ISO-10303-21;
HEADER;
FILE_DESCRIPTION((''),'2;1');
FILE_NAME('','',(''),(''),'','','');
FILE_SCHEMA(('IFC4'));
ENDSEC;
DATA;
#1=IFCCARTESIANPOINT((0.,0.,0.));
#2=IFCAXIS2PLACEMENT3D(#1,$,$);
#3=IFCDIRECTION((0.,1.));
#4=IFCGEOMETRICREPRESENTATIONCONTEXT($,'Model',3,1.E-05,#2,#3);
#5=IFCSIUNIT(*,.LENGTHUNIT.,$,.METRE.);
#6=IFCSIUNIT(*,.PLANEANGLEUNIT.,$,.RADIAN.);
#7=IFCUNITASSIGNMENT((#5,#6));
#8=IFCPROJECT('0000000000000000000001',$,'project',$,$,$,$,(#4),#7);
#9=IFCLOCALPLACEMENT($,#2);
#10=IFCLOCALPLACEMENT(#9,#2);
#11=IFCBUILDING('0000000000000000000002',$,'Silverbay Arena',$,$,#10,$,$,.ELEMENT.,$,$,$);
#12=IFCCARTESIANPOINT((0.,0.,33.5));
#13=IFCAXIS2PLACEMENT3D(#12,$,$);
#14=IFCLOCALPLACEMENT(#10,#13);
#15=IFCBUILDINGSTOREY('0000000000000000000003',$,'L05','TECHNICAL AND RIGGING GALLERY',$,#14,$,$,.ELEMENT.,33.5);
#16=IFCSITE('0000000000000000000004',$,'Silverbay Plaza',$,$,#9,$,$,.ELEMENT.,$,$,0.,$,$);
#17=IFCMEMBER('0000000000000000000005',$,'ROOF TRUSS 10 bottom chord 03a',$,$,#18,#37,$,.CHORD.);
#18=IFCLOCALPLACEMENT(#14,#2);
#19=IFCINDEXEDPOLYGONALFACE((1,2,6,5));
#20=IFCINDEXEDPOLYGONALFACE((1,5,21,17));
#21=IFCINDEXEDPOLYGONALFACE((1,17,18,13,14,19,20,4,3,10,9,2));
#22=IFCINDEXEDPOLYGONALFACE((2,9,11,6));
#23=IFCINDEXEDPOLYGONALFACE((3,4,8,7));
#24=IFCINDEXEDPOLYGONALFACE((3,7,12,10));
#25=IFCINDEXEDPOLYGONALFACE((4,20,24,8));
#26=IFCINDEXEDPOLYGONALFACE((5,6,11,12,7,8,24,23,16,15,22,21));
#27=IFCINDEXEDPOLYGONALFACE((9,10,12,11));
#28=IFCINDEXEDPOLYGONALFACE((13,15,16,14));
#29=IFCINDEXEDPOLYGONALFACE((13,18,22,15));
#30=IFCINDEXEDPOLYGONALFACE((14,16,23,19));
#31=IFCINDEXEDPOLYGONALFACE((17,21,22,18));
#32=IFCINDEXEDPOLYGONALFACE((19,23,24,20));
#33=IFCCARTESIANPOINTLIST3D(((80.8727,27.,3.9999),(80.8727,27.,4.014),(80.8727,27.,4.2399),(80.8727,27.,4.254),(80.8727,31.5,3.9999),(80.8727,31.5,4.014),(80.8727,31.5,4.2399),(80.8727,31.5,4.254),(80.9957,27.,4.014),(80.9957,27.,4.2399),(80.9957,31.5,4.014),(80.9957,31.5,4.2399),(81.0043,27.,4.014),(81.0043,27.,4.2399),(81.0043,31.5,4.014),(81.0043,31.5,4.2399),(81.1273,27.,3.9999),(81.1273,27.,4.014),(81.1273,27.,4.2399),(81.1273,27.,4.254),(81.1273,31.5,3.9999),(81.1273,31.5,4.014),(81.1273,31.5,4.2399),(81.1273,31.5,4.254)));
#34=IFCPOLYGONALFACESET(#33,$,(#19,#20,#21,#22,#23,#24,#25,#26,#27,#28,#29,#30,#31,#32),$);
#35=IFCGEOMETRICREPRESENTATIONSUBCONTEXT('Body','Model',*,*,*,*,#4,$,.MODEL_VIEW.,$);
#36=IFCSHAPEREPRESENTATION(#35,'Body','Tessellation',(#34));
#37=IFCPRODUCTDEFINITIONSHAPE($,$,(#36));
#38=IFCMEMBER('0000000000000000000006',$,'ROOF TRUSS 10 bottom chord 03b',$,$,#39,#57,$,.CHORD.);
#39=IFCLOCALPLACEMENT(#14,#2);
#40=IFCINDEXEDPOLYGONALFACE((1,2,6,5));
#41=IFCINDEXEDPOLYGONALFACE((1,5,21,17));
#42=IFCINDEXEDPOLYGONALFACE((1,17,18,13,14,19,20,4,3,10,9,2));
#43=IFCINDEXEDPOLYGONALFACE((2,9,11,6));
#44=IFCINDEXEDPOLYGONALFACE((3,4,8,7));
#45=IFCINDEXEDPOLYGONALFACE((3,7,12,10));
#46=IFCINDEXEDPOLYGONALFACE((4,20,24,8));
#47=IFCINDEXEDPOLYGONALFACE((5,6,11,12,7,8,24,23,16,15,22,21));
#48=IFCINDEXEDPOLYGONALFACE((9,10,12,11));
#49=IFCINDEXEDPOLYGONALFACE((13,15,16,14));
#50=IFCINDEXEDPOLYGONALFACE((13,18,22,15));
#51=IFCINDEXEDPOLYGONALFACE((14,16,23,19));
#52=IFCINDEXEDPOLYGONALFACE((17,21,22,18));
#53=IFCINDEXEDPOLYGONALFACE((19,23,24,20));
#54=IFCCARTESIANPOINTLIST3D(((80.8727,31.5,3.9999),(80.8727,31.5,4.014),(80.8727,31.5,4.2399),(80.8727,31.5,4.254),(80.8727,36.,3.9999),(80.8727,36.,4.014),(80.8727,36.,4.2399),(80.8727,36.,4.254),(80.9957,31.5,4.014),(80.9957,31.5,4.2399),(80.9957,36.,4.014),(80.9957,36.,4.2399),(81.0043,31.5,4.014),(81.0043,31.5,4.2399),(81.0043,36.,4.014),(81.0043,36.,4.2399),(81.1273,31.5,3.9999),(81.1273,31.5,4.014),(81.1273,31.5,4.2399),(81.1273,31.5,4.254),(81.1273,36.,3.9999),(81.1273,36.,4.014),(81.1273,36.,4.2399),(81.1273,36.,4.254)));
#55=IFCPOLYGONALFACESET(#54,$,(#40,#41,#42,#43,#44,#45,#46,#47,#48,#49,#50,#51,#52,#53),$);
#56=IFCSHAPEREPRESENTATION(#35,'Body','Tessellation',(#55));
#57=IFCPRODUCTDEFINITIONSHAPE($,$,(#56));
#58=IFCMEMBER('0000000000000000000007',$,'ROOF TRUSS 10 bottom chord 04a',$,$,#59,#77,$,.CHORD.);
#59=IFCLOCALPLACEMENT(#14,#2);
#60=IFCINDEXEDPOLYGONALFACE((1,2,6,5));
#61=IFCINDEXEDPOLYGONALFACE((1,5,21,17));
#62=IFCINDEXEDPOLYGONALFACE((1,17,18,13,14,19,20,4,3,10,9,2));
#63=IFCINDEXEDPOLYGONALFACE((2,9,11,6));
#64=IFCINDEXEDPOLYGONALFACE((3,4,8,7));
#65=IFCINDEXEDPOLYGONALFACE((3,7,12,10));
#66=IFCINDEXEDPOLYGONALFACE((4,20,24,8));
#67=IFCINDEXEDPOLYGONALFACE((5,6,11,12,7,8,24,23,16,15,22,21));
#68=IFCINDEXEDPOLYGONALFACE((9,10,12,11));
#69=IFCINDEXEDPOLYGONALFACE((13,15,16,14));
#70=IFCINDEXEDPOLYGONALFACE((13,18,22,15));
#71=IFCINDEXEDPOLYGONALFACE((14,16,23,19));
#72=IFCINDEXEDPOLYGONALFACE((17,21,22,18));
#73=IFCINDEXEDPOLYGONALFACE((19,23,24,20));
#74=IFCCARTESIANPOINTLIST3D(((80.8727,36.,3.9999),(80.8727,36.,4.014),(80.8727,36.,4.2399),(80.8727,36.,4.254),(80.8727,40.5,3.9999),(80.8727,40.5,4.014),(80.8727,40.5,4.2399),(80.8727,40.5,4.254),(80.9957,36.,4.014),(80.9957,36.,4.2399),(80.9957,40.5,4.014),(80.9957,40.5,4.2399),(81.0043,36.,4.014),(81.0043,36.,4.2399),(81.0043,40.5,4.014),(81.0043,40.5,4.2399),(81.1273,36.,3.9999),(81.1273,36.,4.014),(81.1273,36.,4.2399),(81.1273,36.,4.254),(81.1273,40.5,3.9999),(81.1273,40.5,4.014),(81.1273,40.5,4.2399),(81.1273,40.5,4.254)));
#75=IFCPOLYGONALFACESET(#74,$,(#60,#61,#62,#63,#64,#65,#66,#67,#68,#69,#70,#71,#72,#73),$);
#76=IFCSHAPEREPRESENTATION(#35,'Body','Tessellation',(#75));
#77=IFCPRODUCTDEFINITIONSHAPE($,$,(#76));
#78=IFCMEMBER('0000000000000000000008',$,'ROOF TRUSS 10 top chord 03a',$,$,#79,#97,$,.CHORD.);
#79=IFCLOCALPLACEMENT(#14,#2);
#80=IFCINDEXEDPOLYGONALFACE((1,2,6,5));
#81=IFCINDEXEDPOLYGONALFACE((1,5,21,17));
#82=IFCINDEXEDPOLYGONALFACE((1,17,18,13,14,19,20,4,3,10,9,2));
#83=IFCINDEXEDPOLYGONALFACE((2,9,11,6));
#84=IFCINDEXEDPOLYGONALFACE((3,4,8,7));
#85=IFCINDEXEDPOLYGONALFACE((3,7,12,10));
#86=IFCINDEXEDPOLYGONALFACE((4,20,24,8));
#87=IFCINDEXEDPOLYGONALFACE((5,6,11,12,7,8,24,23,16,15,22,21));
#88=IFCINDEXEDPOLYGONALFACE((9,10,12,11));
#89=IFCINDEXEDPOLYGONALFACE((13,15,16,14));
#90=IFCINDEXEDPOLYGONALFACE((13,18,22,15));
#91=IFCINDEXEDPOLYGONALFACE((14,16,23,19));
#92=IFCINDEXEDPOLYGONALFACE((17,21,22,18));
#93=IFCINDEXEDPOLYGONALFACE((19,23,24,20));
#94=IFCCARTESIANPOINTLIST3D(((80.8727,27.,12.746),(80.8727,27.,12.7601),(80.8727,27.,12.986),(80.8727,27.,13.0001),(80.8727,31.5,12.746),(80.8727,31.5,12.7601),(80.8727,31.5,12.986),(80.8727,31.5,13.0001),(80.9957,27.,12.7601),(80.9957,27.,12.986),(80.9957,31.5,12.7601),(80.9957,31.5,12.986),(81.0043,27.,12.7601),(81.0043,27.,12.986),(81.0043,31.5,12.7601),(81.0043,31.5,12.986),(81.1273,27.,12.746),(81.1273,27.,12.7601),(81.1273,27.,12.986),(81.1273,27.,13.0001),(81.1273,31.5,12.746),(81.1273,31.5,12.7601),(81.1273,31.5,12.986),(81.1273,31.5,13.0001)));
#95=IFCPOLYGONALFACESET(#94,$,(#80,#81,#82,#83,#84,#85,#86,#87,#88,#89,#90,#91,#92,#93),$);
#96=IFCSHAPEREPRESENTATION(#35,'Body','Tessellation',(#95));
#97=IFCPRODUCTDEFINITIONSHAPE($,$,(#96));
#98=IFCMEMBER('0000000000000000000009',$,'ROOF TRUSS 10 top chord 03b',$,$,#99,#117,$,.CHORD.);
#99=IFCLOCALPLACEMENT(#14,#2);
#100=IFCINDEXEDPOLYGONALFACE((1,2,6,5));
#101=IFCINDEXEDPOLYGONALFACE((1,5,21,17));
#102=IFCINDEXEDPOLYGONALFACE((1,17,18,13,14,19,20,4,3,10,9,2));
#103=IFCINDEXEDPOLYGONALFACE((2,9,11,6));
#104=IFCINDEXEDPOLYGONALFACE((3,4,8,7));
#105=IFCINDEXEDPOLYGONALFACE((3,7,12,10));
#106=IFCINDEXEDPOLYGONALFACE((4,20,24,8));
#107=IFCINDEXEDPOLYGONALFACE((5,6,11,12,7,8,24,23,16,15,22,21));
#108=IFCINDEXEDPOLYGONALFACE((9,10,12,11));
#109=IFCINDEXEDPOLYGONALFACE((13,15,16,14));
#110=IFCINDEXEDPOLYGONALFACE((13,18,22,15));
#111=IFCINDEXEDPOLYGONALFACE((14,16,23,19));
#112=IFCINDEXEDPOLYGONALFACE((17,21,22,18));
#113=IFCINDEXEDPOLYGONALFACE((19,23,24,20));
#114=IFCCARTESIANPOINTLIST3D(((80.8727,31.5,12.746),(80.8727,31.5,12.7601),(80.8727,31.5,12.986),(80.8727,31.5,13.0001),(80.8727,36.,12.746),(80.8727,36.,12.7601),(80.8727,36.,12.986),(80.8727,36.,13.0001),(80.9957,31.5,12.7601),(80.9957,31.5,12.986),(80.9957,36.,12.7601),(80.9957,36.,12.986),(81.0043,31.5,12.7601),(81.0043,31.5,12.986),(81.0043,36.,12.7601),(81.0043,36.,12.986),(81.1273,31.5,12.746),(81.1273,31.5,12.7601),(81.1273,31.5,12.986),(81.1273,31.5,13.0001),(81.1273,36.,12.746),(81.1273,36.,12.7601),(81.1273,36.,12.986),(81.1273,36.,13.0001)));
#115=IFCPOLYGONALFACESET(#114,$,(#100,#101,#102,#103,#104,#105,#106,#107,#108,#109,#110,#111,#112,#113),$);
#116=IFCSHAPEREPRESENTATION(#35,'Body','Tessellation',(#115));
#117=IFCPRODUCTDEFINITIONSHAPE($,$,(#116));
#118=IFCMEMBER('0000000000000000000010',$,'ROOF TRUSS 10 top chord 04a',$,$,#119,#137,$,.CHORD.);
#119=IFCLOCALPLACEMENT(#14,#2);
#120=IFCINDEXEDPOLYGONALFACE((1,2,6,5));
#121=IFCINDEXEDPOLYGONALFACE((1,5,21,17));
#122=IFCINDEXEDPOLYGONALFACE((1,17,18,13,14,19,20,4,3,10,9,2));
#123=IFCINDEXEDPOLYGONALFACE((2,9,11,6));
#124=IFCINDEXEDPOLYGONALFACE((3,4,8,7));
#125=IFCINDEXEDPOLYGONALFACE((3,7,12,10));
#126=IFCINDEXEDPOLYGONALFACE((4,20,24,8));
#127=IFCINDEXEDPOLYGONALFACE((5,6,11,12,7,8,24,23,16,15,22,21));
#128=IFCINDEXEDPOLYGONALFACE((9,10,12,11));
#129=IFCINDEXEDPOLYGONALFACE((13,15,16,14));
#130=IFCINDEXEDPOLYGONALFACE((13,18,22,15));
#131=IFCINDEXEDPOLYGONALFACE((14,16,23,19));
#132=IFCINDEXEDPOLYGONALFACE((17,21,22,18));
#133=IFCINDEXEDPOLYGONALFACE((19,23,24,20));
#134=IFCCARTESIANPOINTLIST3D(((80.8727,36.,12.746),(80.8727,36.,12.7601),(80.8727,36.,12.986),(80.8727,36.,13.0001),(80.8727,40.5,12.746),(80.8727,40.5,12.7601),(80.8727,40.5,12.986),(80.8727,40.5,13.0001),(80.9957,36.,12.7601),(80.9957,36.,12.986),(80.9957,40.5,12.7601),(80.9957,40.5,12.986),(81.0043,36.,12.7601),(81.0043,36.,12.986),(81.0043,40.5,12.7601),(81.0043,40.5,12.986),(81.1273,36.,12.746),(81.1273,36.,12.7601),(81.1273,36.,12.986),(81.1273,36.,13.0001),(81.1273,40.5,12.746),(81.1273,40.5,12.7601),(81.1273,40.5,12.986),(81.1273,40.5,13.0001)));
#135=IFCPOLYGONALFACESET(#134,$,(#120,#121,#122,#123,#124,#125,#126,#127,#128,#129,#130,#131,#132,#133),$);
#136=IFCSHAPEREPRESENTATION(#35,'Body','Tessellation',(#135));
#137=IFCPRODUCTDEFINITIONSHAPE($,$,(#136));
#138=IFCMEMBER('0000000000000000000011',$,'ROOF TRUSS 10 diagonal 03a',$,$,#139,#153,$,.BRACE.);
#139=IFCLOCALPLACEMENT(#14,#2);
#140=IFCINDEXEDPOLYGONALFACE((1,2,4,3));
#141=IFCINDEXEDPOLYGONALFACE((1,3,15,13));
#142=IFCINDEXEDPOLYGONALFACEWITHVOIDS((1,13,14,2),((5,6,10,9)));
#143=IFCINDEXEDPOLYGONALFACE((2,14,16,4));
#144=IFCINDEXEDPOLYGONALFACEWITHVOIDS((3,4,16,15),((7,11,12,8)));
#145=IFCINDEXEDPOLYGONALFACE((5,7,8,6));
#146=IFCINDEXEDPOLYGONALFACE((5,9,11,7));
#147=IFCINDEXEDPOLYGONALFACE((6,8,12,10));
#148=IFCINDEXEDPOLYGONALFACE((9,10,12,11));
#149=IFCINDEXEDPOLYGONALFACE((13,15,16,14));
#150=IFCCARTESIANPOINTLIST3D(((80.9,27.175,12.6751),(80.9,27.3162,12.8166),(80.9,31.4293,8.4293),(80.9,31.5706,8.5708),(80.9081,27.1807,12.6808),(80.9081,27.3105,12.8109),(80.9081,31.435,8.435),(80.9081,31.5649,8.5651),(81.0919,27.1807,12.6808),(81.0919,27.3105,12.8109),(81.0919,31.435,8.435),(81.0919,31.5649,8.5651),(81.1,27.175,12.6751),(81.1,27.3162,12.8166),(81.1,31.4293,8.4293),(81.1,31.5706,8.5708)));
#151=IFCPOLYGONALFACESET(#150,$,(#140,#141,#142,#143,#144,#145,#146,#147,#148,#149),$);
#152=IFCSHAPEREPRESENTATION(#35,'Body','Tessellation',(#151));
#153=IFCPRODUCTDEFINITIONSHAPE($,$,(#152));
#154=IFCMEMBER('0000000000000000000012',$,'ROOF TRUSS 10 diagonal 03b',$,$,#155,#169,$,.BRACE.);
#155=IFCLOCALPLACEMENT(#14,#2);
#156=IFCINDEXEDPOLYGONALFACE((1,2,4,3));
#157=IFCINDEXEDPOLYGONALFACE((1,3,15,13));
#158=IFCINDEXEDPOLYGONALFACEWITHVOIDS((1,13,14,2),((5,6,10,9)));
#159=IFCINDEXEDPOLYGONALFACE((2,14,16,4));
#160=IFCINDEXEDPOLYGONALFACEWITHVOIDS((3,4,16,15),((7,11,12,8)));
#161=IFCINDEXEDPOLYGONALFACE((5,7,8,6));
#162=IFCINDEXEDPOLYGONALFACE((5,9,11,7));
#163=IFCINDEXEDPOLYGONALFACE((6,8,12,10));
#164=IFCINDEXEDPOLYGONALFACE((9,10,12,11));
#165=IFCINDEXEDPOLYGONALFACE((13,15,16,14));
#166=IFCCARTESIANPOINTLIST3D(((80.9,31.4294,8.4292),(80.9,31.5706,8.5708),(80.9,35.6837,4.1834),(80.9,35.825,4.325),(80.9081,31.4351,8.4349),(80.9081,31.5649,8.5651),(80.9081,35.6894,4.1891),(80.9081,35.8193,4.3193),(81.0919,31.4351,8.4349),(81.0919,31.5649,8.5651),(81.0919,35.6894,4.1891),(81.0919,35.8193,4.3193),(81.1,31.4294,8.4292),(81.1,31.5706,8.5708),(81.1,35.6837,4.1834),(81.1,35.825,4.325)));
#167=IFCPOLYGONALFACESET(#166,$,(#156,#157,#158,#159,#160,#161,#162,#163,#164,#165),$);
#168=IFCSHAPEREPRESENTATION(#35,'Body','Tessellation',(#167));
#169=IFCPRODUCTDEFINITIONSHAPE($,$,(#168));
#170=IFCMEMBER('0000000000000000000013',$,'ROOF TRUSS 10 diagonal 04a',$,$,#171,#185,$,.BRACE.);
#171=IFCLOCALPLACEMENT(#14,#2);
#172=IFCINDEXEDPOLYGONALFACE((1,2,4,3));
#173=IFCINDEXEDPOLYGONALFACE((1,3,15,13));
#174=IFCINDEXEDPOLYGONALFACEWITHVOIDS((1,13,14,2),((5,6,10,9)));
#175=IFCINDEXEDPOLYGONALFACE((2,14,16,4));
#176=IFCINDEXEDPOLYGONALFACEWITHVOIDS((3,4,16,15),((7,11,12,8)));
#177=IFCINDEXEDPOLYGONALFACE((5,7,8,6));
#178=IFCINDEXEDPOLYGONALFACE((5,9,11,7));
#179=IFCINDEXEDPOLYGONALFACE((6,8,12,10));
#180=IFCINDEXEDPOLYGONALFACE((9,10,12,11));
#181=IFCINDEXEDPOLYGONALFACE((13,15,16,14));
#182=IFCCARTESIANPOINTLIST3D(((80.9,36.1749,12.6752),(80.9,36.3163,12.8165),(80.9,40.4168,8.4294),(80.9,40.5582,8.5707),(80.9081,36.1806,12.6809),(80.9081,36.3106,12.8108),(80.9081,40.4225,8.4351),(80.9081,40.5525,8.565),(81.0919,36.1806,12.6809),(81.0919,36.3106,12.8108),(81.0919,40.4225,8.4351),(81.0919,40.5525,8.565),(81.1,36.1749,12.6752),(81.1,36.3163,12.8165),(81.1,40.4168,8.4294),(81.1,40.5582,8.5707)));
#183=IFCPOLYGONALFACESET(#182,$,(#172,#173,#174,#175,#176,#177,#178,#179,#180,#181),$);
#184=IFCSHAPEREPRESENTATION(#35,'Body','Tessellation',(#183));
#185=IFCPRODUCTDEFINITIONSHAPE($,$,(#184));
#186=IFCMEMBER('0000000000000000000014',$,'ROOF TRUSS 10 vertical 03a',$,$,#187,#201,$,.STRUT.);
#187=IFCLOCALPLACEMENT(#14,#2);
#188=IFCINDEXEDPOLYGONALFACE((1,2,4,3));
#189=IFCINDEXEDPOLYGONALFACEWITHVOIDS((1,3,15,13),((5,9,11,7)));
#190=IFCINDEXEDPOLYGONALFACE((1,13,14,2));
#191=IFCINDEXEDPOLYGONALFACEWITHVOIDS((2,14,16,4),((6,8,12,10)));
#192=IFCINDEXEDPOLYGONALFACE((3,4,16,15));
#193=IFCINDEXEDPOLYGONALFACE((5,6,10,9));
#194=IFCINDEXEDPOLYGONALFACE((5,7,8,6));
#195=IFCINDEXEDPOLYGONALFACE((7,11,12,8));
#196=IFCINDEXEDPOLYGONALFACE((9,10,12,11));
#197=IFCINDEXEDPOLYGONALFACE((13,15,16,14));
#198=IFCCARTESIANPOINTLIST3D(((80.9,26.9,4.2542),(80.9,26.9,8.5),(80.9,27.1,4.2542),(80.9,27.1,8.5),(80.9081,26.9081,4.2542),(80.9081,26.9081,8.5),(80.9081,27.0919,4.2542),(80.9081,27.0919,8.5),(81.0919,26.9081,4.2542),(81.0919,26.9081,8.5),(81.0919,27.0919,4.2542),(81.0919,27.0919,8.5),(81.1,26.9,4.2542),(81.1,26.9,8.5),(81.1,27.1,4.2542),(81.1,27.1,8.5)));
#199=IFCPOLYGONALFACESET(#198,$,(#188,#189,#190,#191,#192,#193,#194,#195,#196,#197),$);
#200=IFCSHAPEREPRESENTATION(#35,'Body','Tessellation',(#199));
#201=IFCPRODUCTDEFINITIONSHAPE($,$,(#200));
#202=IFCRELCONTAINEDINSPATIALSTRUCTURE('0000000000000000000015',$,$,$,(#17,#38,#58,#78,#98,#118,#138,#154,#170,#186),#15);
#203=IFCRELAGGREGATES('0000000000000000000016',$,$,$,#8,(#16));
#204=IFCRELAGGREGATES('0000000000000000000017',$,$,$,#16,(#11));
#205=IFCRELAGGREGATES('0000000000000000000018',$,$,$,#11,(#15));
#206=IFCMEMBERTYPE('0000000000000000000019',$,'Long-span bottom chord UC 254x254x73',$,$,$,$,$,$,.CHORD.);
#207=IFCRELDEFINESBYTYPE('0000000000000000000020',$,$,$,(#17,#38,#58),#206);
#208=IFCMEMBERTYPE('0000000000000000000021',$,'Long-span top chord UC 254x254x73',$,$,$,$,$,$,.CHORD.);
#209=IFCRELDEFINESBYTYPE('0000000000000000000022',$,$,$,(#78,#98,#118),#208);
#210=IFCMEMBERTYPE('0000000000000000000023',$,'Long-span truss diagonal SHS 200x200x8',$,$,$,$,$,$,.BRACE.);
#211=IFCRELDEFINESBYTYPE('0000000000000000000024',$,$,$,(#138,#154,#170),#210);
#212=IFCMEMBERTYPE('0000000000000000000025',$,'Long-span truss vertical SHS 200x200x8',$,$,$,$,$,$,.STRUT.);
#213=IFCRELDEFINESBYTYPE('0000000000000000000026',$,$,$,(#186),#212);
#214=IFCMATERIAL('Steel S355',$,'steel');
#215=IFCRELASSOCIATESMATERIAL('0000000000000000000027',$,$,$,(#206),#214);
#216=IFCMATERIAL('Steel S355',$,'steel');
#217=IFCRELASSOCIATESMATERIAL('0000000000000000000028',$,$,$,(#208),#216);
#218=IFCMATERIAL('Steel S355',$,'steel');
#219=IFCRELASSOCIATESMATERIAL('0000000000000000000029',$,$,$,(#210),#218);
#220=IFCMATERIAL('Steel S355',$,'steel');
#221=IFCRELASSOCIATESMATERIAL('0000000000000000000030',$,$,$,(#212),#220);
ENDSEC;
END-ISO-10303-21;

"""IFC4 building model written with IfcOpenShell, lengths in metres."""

from ifc_helpers import new_model, si_unit, direction, frame, origin, origin_2d, place, context, subcontext, project, spatial, hollow_rectangle, i_section, extrude, material, material_profile, profile_set, type_object, element, save


model = new_model("IFC4")

# Units and contexts
model_context = context("Model", 3, precision=1e-05, world=origin(), true_north=direction((0.0, 1.0)))
body_context = subcontext(model_context, "Body", "Model", "MODEL_VIEW")
ifc_project = project(units=[si_unit("LENGTHUNIT", "METRE"), si_unit("PLANEANGLEUNIT", "RADIAN")], contexts=[model_context])

# Site, building, storey
site_placement = place(None, origin())
site = spatial("IfcSite", under=ifc_project, at=site_placement, Name="Silverbay Plaza", CompositionType="ELEMENT", RefElevation=0.0)
building_placement = place(site_placement, origin())
building = spatial("IfcBuilding", under=site, at=building_placement, Name="Silverbay Arena", CompositionType="ELEMENT")
storey_placement = place(building_placement, frame((0.0, 0.0, 33.5)))
storey = spatial("IfcBuildingStorey", under=building, at=storey_placement, Name="L05", Description="TECHNICAL AND RIGGING GALLERY", CompositionType="ELEMENT", Elevation=33.5)

# Members
ifc_material_1 = material(Name="Steel S355", Category="steel")
ifc_material_profile_1 = material_profile(ifc_material_1, i_section(OverallWidth=0.2546, OverallDepth=0.2542, WebThickness=0.0085, FlangeThickness=0.0142, at=origin_2d()), Name="UC 254x254x73")
ifc_profile_set_1 = profile_set([ifc_material_profile_1], Name="Steel S355")
member_type_1 = type_object("IfcMemberType", Name="Long-span bottom chord UC 254x254x73", PredefinedType="CHORD", material=ifc_profile_set_1)
for number, where, z_axis, x_axis, name in (
    (1, (81.0, 27.0, 4.127), (0.0, 1.0, 0.0), (-1.0, 0.0, 0.0), "ROOF TRUSS 10 bottom chord 03a"),
    (2, (81.0, 31.5, 4.127), (0.0, 1.0, 0.0), (-1.0, 0.0, 0.0), "ROOF TRUSS 10 bottom chord 03b"),
    (3, (81.0, 36.0, 4.127), (0.0, 1.0, 0.0), (-1.0, 0.0, 0.0), "ROOF TRUSS 10 bottom chord 04a"),
):
    element("IfcMember", number, at=place(storey_placement, frame(where, z_axis=z_axis, x_axis=x_axis)), inside=storey, type_object=member_type_1, Name=name, PredefinedType="CHORD", context=body_context, shape_type="SweptSolid", body=[
        extrude(i_section(OverallWidth=0.2546, OverallDepth=0.2542, WebThickness=0.0085, FlangeThickness=0.0142, at=origin_2d()), origin(), (0.0, 0.0, 1.0), 4.5),
    ])
ifc_material_2 = material(Name="Steel S355", Category="steel")
ifc_material_profile_2 = material_profile(ifc_material_2, i_section(OverallWidth=0.2546, OverallDepth=0.2542, WebThickness=0.0085, FlangeThickness=0.0142, at=origin_2d()), Name="UC 254x254x73")
ifc_profile_set_2 = profile_set([ifc_material_profile_2], Name="Steel S355")
member_type_2 = type_object("IfcMemberType", Name="Long-span top chord UC 254x254x73", PredefinedType="CHORD", material=ifc_profile_set_2)
for number, where, z_axis, x_axis, name in (
    (4, (81.0, 27.0, 12.873), (0.0, 1.0, 0.0), (-1.0, 0.0, 0.0), "ROOF TRUSS 10 top chord 03a"),
    (5, (81.0, 31.5, 12.873), (0.0, 1.0, 0.0), (-1.0, 0.0, 0.0), "ROOF TRUSS 10 top chord 03b"),
    (6, (81.0, 36.0, 12.873), (0.0, 1.0, 0.0), (-1.0, 0.0, 0.0), "ROOF TRUSS 10 top chord 04a"),
):
    element("IfcMember", number, at=place(storey_placement, frame(where, z_axis=z_axis, x_axis=x_axis)), inside=storey, type_object=member_type_2, Name=name, PredefinedType="CHORD", context=body_context, shape_type="SweptSolid", body=[
        extrude(i_section(OverallWidth=0.2546, OverallDepth=0.2542, WebThickness=0.0085, FlangeThickness=0.0142, at=origin_2d()), origin(), (0.0, 0.0, 1.0), 4.5),
    ])
ifc_material_3 = material(Name="Steel S355", Category="steel")
ifc_material_profile_3 = material_profile(ifc_material_3, hollow_rectangle(XDim=0.2, YDim=0.2, WallThickness=0.0081, at=origin_2d()), Name="SHS 200x200x8")
ifc_profile_set_3 = profile_set([ifc_material_profile_3], Name="Steel S355")
member_type_3 = type_object("IfcMemberType", Name="Long-span truss diagonal SHS 200x200x8", PredefinedType="BRACE", material=ifc_profile_set_3)
for number, where, z_axis, x_axis, name in (
    (7, (81.0, 27.2456, 12.7458), (0.0, 0.707817, -0.706396), (-1.0, 0.0, 0.0), "ROOF TRUSS 10 diagonal 03a"),
    (8, (81.0, 31.5, 8.5), (0.0, 0.707817, -0.706396), (-1.0, 0.0, 0.0), "ROOF TRUSS 10 diagonal 03b"),
):
    element("IfcMember", number, at=place(storey_placement, frame(where, z_axis=z_axis, x_axis=x_axis)), inside=storey, type_object=member_type_3, Name=name, PredefinedType="BRACE", context=body_context, shape_type="SweptSolid", body=[
        extrude(hollow_rectangle(XDim=0.2, YDim=0.2, WallThickness=0.0081, at=origin_2d()), origin(), (0.0, 0.0, 1.0), 6.0105),
    ])
member_1_placement = place(storey_placement, frame((81.0, 36.2456, 12.7458), z_axis=(0.0, 0.706781, -0.707432), x_axis=(-1.0, 0.0, 0.0)))
element("IfcMember", 9, at=member_1_placement, inside=storey, type_object=member_type_3, Name="ROOF TRUSS 10 diagonal 04a", PredefinedType="BRACE", context=body_context, shape_type="SweptSolid", body=[
    extrude(hollow_rectangle(XDim=0.2, YDim=0.2, WallThickness=0.0081, at=origin_2d()), origin(), (0.0, 0.0, 1.0), 6.0017),
])
ifc_material_4 = material(Name="Steel S355", Category="steel")
ifc_material_profile_4 = material_profile(ifc_material_4, hollow_rectangle(XDim=0.2, YDim=0.2, WallThickness=0.0081, at=origin_2d()), Name="SHS 200x200x8")
ifc_profile_set_4 = profile_set([ifc_material_profile_4], Name="Steel S355")
member_type_4 = type_object("IfcMemberType", Name="Long-span truss vertical SHS 200x200x8", PredefinedType="STRUT", material=ifc_profile_set_4)
for number, where, z_axis, x_axis, name in (
    (10, (81.0, 27.0, 4.2542), (0.0, 0.0, 1.0), (1.0, 0.0, 0.0), "ROOF TRUSS 10 vertical 03a"),
):
    element("IfcMember", number, at=place(storey_placement, frame(where, z_axis=z_axis, x_axis=x_axis)), inside=storey, type_object=member_type_4, Name=name, PredefinedType="STRUT", context=body_context, shape_type="SweptSolid", body=[
        extrude(hollow_rectangle(XDim=0.2, YDim=0.2, WallThickness=0.0081, at=origin_2d()), origin(), (0.0, 0.0, 1.0), 4.2458),
    ])

save(model, "model.ifc")
